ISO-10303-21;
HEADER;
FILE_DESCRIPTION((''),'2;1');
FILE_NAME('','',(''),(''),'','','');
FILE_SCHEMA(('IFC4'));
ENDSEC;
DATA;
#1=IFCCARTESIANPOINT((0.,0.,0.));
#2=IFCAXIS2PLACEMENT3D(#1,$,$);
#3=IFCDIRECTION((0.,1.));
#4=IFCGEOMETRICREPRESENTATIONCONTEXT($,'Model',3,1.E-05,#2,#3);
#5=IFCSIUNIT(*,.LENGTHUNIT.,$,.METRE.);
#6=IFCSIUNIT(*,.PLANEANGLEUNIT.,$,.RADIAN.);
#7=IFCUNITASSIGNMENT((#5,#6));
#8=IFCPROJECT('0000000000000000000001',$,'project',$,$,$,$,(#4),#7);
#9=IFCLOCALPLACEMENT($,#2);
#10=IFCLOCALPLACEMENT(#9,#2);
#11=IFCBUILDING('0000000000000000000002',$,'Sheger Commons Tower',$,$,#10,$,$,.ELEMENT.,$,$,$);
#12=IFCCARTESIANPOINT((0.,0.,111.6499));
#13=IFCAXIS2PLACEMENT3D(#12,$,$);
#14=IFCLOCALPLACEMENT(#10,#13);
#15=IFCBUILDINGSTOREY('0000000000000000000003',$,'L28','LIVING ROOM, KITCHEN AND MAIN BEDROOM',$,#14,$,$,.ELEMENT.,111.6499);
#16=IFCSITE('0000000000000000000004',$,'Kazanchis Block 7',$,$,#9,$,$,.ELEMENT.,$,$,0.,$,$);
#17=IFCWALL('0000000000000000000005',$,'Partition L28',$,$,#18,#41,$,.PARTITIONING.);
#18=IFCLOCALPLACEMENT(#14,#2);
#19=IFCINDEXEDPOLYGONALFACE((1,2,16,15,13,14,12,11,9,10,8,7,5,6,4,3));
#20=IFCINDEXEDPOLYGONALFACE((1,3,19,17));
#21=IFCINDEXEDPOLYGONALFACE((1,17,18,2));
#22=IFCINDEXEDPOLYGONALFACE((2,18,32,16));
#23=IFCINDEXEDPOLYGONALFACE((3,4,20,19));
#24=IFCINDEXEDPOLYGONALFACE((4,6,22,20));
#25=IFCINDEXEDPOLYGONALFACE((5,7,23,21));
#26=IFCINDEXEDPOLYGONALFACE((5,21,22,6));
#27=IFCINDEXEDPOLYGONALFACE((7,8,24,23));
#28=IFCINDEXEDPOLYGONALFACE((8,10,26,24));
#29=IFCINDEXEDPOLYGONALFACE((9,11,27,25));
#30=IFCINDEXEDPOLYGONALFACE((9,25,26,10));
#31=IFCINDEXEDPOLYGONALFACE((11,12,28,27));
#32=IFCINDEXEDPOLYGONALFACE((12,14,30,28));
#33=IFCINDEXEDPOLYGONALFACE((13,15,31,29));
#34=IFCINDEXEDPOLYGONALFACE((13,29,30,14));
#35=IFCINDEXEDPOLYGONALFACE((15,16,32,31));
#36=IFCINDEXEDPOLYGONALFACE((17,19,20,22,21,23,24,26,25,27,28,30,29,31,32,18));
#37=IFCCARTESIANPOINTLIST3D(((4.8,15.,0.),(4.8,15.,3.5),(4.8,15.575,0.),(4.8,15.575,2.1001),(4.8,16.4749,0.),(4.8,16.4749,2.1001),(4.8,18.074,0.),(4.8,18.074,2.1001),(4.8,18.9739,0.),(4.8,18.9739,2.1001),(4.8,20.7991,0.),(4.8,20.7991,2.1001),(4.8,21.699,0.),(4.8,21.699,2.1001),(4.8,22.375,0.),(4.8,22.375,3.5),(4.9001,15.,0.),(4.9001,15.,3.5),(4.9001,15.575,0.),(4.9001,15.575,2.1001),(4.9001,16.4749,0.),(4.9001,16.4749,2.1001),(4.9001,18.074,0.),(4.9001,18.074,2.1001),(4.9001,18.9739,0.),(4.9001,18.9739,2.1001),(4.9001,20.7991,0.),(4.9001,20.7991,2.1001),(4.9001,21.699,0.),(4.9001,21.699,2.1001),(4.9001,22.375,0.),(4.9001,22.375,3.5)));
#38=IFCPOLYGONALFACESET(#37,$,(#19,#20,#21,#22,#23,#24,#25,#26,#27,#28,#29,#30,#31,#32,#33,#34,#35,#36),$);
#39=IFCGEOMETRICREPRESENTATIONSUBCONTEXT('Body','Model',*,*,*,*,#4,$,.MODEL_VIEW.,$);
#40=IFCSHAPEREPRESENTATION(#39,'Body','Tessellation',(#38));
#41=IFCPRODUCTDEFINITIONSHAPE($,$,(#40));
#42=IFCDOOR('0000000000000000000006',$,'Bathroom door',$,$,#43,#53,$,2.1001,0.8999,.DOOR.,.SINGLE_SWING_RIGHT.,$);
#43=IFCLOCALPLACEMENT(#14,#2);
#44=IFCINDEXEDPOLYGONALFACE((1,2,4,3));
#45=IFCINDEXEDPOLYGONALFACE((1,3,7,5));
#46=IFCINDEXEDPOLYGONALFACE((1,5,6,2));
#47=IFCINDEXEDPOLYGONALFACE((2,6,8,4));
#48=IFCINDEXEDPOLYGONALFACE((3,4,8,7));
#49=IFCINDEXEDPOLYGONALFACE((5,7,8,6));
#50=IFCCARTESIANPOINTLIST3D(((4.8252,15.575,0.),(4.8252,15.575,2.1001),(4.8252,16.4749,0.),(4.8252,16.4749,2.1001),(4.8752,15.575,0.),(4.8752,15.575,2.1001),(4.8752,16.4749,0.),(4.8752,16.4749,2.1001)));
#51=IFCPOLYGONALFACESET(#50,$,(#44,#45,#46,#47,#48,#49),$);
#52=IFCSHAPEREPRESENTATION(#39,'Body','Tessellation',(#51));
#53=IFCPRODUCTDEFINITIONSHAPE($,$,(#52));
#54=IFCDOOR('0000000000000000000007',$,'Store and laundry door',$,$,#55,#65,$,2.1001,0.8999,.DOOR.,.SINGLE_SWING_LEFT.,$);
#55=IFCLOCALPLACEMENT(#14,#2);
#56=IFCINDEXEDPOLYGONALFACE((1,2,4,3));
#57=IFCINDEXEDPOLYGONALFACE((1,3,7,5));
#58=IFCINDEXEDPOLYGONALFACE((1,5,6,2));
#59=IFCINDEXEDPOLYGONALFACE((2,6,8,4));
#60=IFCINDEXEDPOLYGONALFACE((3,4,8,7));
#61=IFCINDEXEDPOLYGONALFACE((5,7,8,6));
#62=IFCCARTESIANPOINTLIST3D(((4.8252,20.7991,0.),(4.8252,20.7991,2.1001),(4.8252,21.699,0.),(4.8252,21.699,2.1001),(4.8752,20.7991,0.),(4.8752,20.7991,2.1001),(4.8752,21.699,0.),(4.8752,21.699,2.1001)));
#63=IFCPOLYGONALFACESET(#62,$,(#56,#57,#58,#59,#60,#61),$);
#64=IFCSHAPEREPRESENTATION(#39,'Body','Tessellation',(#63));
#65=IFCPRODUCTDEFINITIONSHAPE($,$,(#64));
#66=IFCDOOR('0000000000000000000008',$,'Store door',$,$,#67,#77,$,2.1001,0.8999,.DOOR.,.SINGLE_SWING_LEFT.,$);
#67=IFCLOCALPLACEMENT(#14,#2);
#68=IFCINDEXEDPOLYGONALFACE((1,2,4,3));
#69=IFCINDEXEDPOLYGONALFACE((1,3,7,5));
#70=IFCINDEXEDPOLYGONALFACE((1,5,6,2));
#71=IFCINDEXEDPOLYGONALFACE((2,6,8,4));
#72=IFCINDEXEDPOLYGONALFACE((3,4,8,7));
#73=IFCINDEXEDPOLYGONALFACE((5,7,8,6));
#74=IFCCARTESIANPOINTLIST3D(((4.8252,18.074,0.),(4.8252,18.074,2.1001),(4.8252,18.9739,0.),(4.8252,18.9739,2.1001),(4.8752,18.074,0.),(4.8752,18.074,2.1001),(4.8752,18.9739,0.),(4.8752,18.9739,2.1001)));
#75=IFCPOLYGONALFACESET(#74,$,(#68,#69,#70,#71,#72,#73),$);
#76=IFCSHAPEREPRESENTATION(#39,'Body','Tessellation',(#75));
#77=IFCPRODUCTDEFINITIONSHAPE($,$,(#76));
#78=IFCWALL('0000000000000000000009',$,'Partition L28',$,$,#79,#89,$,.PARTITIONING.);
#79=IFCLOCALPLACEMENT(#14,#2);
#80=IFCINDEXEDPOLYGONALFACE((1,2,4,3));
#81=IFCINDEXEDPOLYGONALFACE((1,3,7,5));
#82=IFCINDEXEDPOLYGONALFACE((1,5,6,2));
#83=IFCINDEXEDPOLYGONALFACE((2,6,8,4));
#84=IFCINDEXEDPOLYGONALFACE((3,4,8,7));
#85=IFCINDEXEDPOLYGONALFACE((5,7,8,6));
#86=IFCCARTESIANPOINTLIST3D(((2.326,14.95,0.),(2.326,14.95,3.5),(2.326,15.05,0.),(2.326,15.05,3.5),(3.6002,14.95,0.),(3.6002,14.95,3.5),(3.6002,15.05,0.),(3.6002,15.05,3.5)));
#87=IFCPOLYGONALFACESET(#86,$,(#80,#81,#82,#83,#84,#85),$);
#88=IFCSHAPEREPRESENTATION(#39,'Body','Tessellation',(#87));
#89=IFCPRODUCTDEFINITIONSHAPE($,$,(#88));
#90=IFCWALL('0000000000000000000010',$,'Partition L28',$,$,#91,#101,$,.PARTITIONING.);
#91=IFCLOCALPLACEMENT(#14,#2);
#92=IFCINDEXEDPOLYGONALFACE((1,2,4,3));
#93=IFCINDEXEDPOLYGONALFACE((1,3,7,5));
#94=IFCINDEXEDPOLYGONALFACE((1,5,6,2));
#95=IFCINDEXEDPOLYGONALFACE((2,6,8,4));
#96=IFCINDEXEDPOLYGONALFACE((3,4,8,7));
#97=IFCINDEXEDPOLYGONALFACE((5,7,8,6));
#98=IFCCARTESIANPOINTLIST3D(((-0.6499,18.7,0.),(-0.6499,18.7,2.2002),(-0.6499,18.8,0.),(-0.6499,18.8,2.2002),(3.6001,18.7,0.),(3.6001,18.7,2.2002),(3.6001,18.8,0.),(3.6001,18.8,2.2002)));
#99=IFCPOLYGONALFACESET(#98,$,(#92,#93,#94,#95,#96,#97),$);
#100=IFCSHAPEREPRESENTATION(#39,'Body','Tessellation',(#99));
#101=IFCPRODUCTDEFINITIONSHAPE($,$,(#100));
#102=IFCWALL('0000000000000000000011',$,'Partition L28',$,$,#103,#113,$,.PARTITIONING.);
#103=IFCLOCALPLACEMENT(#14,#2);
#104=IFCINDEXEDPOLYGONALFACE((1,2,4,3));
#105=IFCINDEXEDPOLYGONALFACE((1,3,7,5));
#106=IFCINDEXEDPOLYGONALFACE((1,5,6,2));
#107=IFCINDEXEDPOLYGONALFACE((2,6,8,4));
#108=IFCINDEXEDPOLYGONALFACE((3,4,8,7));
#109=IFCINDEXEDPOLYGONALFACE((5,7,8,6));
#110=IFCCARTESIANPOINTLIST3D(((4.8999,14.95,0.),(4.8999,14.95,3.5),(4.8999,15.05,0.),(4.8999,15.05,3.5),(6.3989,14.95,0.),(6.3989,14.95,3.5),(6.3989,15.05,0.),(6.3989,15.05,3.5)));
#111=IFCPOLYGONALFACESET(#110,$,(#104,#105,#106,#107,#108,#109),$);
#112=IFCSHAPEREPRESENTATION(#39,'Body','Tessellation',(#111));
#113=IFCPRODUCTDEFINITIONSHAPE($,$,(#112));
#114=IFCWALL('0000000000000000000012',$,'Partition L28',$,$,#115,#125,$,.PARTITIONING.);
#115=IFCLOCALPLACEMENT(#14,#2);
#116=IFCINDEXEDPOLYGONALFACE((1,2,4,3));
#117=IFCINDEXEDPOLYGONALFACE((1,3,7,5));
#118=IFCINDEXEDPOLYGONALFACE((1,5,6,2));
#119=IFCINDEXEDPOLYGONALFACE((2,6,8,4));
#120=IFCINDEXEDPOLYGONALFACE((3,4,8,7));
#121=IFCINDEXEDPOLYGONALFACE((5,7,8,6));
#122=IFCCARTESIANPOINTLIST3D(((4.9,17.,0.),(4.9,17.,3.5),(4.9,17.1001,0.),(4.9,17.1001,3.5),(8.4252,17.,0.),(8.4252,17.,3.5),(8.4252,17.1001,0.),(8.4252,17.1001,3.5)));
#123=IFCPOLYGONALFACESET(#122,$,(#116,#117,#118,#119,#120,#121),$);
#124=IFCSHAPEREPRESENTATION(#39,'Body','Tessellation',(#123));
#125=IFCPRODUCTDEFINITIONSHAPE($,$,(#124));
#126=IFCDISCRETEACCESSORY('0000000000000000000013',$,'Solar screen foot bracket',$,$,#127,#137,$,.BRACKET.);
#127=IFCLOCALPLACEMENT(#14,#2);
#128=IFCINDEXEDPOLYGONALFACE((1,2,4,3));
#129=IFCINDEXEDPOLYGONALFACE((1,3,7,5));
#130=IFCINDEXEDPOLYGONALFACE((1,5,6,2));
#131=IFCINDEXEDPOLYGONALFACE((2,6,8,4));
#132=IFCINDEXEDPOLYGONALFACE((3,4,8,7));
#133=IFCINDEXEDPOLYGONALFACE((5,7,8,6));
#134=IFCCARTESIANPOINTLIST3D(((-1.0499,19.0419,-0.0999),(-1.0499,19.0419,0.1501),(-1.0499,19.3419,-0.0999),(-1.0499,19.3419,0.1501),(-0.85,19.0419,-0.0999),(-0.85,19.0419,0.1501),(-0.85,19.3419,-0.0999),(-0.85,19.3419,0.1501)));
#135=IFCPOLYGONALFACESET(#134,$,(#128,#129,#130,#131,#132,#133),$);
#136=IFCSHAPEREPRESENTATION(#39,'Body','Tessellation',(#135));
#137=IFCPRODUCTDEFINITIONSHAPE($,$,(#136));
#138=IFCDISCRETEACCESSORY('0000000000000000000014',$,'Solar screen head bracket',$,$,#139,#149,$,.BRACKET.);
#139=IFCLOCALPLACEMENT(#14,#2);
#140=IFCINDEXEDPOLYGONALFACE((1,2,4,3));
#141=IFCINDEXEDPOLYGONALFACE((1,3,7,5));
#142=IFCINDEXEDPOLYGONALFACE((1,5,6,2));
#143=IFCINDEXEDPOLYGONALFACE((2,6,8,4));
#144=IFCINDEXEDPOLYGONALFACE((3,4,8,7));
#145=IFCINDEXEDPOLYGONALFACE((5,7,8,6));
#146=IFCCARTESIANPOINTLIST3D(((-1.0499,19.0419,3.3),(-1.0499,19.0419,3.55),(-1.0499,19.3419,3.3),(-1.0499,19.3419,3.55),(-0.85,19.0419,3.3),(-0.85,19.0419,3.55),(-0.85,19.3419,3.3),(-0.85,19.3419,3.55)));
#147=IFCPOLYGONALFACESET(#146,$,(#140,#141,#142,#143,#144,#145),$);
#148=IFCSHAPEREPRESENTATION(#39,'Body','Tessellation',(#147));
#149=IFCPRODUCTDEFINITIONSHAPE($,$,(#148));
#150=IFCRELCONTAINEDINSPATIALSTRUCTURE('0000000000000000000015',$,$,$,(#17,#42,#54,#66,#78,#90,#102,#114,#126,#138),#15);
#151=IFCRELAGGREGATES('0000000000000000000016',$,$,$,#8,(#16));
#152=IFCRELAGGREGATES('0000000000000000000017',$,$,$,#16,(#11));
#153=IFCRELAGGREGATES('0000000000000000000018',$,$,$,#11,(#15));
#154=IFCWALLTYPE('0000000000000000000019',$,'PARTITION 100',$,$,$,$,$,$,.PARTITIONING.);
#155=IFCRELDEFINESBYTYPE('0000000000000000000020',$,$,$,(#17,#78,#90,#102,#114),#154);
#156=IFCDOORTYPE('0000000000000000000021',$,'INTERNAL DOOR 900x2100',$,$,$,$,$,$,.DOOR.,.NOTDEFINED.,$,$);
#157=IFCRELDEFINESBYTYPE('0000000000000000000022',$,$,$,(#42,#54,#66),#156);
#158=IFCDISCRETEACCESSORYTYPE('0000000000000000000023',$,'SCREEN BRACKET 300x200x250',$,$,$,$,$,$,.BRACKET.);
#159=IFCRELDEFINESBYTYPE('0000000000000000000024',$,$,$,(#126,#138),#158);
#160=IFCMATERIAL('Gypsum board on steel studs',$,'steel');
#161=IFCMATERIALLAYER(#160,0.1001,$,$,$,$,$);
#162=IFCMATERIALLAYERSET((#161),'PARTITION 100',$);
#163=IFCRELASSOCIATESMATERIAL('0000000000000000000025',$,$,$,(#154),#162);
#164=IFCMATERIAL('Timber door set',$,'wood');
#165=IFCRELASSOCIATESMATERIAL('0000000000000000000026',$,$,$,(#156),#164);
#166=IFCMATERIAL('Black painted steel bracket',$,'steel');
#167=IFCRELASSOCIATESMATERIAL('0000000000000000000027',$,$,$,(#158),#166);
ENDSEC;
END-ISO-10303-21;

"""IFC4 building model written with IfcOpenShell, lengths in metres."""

from ifc_helpers import new_model, si_unit, direction, frame, frame_2d, origin, origin_2d, place, context, subcontext, project, spatial, rectangle, extrude, material, layer, layer_set, type_object, element, fill, save


model = new_model("IFC4")

# Units and contexts
model_context = context("Model", 3, precision=1e-05, world=origin(), true_north=direction((0.0, 1.0)))
body_context = subcontext(model_context, "Body", "Model", "MODEL_VIEW")
ifc_project = project(units=[si_unit("LENGTHUNIT", "METRE"), si_unit("PLANEANGLEUNIT", "RADIAN")], contexts=[model_context])

# Site, building, storey
site_placement = place(None, origin())
site = spatial("IfcSite", under=ifc_project, at=site_placement, Name="Kazanchis Block 7", CompositionType="ELEMENT", RefElevation=0.0)
building_placement = place(site_placement, origin())
building = spatial("IfcBuilding", under=site, at=building_placement, Name="Sheger Commons Tower", CompositionType="ELEMENT")
storey_placement = place(building_placement, frame((0.0, 0.0, 111.6499)))
storey = spatial("IfcBuildingStorey", under=building, at=storey_placement, Name="L28", Description="LIVING ROOM, KITCHEN AND MAIN BEDROOM", CompositionType="ELEMENT", Elevation=111.6499)

# Wall, openings, doors
ifc_material_1 = material(Name="Gypsum board on steel studs", Category="steel")
ifc_layer_1 = layer(ifc_material_1, 0.1001)
ifc_layer_set_1 = layer_set([ifc_layer_1], Name="PARTITION 100")
wall_type_1 = type_object("IfcWallType", Name="PARTITION 100", PredefinedType="PARTITIONING", material=ifc_layer_set_1)
ifc_material_2 = material(Name="Timber door set", Category="wood")
door_type = type_object("IfcDoorType", Name="INTERNAL DOOR 900x2100", OperationType="NOTDEFINED", PredefinedType="DOOR", material=ifc_material_2)
wall_1_placement = place(storey_placement, frame((4.8501, 15.0, 0.0), z_axis=(0.0, 0.0, 1.0), x_axis=(0.0, 1.0, 0.0)))
wall_1 = element("IfcWall", 1, at=wall_1_placement, inside=storey, type_object=wall_type_1, Name="Partition L28", PredefinedType="PARTITIONING", context=body_context, shape_type="SweptSolid", body=[
    extrude(rectangle(XDim=7.375, YDim=0.1001, at=frame_2d((3.6875, 0.0))), origin(), (0.0, 0.0, 1.0), 3.5),
])
opening_1_placement = place(wall_1_placement, frame((0.575, 0.0, 0.0)))
opening_1 = element("IfcOpeningElement", 2, at=opening_1_placement, cuts=wall_1, PredefinedType="OPENING", context=body_context, shape_type="SweptSolid", body=[
    extrude(rectangle(XDim=0.8999, YDim=2.1001, at=frame_2d((0.45, 1.05))), frame((0.0, 0.0601, 0.0), z_axis=(0.0, -1.0, 0.0), x_axis=(1.0, 0.0, 0.0)), (0.0, 0.0, 1.0), 0.1201),
])
opening_2_placement = place(wall_1_placement, frame((5.7991, 0.0, 0.0)))
opening_2 = element("IfcOpeningElement", 3, at=opening_2_placement, cuts=wall_1, PredefinedType="OPENING", context=body_context, shape_type="SweptSolid", body=[
    extrude(rectangle(XDim=0.8999, YDim=2.1001, at=frame_2d((0.45, 1.05))), frame((0.0, 0.0601, 0.0), z_axis=(0.0, -1.0, 0.0), x_axis=(1.0, 0.0, 0.0)), (0.0, 0.0, 1.0), 0.1201),
])
opening_3_placement = place(wall_1_placement, frame((3.074, 0.0, 0.0)))
opening_3 = element("IfcOpeningElement", 4, at=opening_3_placement, cuts=wall_1, PredefinedType="OPENING", context=body_context, shape_type="SweptSolid", body=[
    extrude(rectangle(XDim=0.8999, YDim=2.1001, at=frame_2d((0.45, 1.05))), frame((0.0, 0.0601, 0.0), z_axis=(0.0, -1.0, 0.0), x_axis=(1.0, 0.0, 0.0)), (0.0, 0.0, 1.0), 0.1201),
])
door_1_placement = place(opening_1_placement, origin())
door_1 = element("IfcDoor", 5, at=door_1_placement, inside=storey, type_object=door_type, Name="Bathroom door", OperationType="SINGLE_SWING_RIGHT", OverallHeight=2.1001, OverallWidth=0.8999, PredefinedType="DOOR", context=body_context, shape_type="SweptSolid", body=[
    extrude(rectangle(XDim=0.8999, YDim=2.1001, at=frame_2d((0.45, 1.05))), frame((0.0, 0.0249, 0.0), z_axis=(0.0, -1.0, 0.0), x_axis=(1.0, 0.0, 0.0)), (0.0, 0.0, 1.0), 0.05),
])
fill(opening_1, door_1)
door_2_placement = place(opening_2_placement, origin())
door_2 = element("IfcDoor", 6, at=door_2_placement, inside=storey, type_object=door_type, Name="Store and laundry door", OperationType="SINGLE_SWING_LEFT", OverallHeight=2.1001, OverallWidth=0.8999, PredefinedType="DOOR", context=body_context, shape_type="SweptSolid", body=[
    extrude(rectangle(XDim=0.8999, YDim=2.1001, at=frame_2d((0.45, 1.05))), frame((0.0, 0.0249, 0.0), z_axis=(0.0, -1.0, 0.0), x_axis=(1.0, 0.0, 0.0)), (0.0, 0.0, 1.0), 0.05),
])
fill(opening_2, door_2)
door_3_placement = place(opening_3_placement, origin())
door_3 = element("IfcDoor", 7, at=door_3_placement, inside=storey, type_object=door_type, Name="Store door", OperationType="SINGLE_SWING_LEFT", OverallHeight=2.1001, OverallWidth=0.8999, PredefinedType="DOOR", context=body_context, shape_type="SweptSolid", body=[
    extrude(rectangle(XDim=0.8999, YDim=2.1001, at=frame_2d((0.45, 1.05))), frame((0.0, 0.0249, 0.0), z_axis=(0.0, -1.0, 0.0), x_axis=(1.0, 0.0, 0.0)), (0.0, 0.0, 1.0), 0.05),
])
fill(opening_3, door_3)

# Walls
wall_2_placement = place(storey_placement, frame((2.3259, 15.0, 0.0), z_axis=(0.0, 0.0, 1.0), x_axis=(1.0, 0.0, 0.0)))
element("IfcWall", 8, at=wall_2_placement, inside=storey, type_object=wall_type_1, Name="Partition L28", PredefinedType="PARTITIONING", context=body_context, shape_type="SweptSolid", body=[
    extrude(rectangle(XDim=1.2742, YDim=0.1001, at=frame_2d((0.6372, 0.0))), origin(), (0.0, 0.0, 1.0), 3.5),
])
wall_3_placement = place(storey_placement, frame((-0.6499, 18.75, 0.0), z_axis=(0.0, 0.0, 1.0), x_axis=(1.0, 0.0, 0.0)))
element("IfcWall", 9, at=wall_3_placement, inside=storey, type_object=wall_type_1, Name="Partition L28", PredefinedType="PARTITIONING", context=body_context, shape_type="SweptSolid", body=[
    extrude(rectangle(XDim=4.25, YDim=0.1001, at=frame_2d((2.125, 0.0))), origin(), (0.0, 0.0, 1.0), 2.2002),
])
wall_4_placement = place(storey_placement, frame((4.8999, 15.0, 0.0), z_axis=(0.0, 0.0, 1.0), x_axis=(1.0, 0.0, 0.0)))
element("IfcWall", 10, at=wall_4_placement, inside=storey, type_object=wall_type_1, Name="Partition L28", PredefinedType="PARTITIONING", context=body_context, shape_type="SweptSolid", body=[
    extrude(rectangle(XDim=1.499, YDim=0.1001, at=frame_2d((0.7495, 0.0))), origin(), (0.0, 0.0, 1.0), 3.5),
])
wall_5_placement = place(storey_placement, frame((4.8999, 17.05, 0.0), z_axis=(0.0, 0.0, 1.0), x_axis=(1.0, 0.0, 0.0)))
element("IfcWall", 11, at=wall_5_placement, inside=storey, type_object=wall_type_1, Name="Partition L28", PredefinedType="PARTITIONING", context=body_context, shape_type="SweptSolid", body=[
    extrude(rectangle(XDim=3.5251, YDim=0.1001, at=frame_2d((1.7627, 0.0))), origin(), (0.0, 0.0, 1.0), 3.5),
])

# Discrete accessories
ifc_material_3 = material(Name="Black painted steel bracket", Category="steel")
discrete_accessory_type = type_object("IfcDiscreteAccessoryType", Name="SCREEN BRACKET 300x200x250", PredefinedType="BRACKET", material=ifc_material_3)
for number, where, z_axis, x_axis, name in (
    (12, (-0.95, 19.1919, -0.0999), (0.0, 0.0, 1.0), (0.0, -1.0, 0.0), "Solar screen foot bracket"),
    (13, (-0.95, 19.1919, 3.3), (0.0, 0.0, 1.0), (0.0, -1.0, 0.0), "Solar screen head bracket"),
):
    element("IfcDiscreteAccessory", number, at=place(storey_placement, frame(where, z_axis=z_axis, x_axis=x_axis)), inside=storey, type_object=discrete_accessory_type, Name=name, PredefinedType="BRACKET", context=body_context, shape_type="SweptSolid", body=[
        extrude(rectangle(XDim=0.3, YDim=0.2, at=origin_2d()), origin(), (0.0, 0.0, 1.0), 0.25),
    ])

save(model, "model.ifc")
